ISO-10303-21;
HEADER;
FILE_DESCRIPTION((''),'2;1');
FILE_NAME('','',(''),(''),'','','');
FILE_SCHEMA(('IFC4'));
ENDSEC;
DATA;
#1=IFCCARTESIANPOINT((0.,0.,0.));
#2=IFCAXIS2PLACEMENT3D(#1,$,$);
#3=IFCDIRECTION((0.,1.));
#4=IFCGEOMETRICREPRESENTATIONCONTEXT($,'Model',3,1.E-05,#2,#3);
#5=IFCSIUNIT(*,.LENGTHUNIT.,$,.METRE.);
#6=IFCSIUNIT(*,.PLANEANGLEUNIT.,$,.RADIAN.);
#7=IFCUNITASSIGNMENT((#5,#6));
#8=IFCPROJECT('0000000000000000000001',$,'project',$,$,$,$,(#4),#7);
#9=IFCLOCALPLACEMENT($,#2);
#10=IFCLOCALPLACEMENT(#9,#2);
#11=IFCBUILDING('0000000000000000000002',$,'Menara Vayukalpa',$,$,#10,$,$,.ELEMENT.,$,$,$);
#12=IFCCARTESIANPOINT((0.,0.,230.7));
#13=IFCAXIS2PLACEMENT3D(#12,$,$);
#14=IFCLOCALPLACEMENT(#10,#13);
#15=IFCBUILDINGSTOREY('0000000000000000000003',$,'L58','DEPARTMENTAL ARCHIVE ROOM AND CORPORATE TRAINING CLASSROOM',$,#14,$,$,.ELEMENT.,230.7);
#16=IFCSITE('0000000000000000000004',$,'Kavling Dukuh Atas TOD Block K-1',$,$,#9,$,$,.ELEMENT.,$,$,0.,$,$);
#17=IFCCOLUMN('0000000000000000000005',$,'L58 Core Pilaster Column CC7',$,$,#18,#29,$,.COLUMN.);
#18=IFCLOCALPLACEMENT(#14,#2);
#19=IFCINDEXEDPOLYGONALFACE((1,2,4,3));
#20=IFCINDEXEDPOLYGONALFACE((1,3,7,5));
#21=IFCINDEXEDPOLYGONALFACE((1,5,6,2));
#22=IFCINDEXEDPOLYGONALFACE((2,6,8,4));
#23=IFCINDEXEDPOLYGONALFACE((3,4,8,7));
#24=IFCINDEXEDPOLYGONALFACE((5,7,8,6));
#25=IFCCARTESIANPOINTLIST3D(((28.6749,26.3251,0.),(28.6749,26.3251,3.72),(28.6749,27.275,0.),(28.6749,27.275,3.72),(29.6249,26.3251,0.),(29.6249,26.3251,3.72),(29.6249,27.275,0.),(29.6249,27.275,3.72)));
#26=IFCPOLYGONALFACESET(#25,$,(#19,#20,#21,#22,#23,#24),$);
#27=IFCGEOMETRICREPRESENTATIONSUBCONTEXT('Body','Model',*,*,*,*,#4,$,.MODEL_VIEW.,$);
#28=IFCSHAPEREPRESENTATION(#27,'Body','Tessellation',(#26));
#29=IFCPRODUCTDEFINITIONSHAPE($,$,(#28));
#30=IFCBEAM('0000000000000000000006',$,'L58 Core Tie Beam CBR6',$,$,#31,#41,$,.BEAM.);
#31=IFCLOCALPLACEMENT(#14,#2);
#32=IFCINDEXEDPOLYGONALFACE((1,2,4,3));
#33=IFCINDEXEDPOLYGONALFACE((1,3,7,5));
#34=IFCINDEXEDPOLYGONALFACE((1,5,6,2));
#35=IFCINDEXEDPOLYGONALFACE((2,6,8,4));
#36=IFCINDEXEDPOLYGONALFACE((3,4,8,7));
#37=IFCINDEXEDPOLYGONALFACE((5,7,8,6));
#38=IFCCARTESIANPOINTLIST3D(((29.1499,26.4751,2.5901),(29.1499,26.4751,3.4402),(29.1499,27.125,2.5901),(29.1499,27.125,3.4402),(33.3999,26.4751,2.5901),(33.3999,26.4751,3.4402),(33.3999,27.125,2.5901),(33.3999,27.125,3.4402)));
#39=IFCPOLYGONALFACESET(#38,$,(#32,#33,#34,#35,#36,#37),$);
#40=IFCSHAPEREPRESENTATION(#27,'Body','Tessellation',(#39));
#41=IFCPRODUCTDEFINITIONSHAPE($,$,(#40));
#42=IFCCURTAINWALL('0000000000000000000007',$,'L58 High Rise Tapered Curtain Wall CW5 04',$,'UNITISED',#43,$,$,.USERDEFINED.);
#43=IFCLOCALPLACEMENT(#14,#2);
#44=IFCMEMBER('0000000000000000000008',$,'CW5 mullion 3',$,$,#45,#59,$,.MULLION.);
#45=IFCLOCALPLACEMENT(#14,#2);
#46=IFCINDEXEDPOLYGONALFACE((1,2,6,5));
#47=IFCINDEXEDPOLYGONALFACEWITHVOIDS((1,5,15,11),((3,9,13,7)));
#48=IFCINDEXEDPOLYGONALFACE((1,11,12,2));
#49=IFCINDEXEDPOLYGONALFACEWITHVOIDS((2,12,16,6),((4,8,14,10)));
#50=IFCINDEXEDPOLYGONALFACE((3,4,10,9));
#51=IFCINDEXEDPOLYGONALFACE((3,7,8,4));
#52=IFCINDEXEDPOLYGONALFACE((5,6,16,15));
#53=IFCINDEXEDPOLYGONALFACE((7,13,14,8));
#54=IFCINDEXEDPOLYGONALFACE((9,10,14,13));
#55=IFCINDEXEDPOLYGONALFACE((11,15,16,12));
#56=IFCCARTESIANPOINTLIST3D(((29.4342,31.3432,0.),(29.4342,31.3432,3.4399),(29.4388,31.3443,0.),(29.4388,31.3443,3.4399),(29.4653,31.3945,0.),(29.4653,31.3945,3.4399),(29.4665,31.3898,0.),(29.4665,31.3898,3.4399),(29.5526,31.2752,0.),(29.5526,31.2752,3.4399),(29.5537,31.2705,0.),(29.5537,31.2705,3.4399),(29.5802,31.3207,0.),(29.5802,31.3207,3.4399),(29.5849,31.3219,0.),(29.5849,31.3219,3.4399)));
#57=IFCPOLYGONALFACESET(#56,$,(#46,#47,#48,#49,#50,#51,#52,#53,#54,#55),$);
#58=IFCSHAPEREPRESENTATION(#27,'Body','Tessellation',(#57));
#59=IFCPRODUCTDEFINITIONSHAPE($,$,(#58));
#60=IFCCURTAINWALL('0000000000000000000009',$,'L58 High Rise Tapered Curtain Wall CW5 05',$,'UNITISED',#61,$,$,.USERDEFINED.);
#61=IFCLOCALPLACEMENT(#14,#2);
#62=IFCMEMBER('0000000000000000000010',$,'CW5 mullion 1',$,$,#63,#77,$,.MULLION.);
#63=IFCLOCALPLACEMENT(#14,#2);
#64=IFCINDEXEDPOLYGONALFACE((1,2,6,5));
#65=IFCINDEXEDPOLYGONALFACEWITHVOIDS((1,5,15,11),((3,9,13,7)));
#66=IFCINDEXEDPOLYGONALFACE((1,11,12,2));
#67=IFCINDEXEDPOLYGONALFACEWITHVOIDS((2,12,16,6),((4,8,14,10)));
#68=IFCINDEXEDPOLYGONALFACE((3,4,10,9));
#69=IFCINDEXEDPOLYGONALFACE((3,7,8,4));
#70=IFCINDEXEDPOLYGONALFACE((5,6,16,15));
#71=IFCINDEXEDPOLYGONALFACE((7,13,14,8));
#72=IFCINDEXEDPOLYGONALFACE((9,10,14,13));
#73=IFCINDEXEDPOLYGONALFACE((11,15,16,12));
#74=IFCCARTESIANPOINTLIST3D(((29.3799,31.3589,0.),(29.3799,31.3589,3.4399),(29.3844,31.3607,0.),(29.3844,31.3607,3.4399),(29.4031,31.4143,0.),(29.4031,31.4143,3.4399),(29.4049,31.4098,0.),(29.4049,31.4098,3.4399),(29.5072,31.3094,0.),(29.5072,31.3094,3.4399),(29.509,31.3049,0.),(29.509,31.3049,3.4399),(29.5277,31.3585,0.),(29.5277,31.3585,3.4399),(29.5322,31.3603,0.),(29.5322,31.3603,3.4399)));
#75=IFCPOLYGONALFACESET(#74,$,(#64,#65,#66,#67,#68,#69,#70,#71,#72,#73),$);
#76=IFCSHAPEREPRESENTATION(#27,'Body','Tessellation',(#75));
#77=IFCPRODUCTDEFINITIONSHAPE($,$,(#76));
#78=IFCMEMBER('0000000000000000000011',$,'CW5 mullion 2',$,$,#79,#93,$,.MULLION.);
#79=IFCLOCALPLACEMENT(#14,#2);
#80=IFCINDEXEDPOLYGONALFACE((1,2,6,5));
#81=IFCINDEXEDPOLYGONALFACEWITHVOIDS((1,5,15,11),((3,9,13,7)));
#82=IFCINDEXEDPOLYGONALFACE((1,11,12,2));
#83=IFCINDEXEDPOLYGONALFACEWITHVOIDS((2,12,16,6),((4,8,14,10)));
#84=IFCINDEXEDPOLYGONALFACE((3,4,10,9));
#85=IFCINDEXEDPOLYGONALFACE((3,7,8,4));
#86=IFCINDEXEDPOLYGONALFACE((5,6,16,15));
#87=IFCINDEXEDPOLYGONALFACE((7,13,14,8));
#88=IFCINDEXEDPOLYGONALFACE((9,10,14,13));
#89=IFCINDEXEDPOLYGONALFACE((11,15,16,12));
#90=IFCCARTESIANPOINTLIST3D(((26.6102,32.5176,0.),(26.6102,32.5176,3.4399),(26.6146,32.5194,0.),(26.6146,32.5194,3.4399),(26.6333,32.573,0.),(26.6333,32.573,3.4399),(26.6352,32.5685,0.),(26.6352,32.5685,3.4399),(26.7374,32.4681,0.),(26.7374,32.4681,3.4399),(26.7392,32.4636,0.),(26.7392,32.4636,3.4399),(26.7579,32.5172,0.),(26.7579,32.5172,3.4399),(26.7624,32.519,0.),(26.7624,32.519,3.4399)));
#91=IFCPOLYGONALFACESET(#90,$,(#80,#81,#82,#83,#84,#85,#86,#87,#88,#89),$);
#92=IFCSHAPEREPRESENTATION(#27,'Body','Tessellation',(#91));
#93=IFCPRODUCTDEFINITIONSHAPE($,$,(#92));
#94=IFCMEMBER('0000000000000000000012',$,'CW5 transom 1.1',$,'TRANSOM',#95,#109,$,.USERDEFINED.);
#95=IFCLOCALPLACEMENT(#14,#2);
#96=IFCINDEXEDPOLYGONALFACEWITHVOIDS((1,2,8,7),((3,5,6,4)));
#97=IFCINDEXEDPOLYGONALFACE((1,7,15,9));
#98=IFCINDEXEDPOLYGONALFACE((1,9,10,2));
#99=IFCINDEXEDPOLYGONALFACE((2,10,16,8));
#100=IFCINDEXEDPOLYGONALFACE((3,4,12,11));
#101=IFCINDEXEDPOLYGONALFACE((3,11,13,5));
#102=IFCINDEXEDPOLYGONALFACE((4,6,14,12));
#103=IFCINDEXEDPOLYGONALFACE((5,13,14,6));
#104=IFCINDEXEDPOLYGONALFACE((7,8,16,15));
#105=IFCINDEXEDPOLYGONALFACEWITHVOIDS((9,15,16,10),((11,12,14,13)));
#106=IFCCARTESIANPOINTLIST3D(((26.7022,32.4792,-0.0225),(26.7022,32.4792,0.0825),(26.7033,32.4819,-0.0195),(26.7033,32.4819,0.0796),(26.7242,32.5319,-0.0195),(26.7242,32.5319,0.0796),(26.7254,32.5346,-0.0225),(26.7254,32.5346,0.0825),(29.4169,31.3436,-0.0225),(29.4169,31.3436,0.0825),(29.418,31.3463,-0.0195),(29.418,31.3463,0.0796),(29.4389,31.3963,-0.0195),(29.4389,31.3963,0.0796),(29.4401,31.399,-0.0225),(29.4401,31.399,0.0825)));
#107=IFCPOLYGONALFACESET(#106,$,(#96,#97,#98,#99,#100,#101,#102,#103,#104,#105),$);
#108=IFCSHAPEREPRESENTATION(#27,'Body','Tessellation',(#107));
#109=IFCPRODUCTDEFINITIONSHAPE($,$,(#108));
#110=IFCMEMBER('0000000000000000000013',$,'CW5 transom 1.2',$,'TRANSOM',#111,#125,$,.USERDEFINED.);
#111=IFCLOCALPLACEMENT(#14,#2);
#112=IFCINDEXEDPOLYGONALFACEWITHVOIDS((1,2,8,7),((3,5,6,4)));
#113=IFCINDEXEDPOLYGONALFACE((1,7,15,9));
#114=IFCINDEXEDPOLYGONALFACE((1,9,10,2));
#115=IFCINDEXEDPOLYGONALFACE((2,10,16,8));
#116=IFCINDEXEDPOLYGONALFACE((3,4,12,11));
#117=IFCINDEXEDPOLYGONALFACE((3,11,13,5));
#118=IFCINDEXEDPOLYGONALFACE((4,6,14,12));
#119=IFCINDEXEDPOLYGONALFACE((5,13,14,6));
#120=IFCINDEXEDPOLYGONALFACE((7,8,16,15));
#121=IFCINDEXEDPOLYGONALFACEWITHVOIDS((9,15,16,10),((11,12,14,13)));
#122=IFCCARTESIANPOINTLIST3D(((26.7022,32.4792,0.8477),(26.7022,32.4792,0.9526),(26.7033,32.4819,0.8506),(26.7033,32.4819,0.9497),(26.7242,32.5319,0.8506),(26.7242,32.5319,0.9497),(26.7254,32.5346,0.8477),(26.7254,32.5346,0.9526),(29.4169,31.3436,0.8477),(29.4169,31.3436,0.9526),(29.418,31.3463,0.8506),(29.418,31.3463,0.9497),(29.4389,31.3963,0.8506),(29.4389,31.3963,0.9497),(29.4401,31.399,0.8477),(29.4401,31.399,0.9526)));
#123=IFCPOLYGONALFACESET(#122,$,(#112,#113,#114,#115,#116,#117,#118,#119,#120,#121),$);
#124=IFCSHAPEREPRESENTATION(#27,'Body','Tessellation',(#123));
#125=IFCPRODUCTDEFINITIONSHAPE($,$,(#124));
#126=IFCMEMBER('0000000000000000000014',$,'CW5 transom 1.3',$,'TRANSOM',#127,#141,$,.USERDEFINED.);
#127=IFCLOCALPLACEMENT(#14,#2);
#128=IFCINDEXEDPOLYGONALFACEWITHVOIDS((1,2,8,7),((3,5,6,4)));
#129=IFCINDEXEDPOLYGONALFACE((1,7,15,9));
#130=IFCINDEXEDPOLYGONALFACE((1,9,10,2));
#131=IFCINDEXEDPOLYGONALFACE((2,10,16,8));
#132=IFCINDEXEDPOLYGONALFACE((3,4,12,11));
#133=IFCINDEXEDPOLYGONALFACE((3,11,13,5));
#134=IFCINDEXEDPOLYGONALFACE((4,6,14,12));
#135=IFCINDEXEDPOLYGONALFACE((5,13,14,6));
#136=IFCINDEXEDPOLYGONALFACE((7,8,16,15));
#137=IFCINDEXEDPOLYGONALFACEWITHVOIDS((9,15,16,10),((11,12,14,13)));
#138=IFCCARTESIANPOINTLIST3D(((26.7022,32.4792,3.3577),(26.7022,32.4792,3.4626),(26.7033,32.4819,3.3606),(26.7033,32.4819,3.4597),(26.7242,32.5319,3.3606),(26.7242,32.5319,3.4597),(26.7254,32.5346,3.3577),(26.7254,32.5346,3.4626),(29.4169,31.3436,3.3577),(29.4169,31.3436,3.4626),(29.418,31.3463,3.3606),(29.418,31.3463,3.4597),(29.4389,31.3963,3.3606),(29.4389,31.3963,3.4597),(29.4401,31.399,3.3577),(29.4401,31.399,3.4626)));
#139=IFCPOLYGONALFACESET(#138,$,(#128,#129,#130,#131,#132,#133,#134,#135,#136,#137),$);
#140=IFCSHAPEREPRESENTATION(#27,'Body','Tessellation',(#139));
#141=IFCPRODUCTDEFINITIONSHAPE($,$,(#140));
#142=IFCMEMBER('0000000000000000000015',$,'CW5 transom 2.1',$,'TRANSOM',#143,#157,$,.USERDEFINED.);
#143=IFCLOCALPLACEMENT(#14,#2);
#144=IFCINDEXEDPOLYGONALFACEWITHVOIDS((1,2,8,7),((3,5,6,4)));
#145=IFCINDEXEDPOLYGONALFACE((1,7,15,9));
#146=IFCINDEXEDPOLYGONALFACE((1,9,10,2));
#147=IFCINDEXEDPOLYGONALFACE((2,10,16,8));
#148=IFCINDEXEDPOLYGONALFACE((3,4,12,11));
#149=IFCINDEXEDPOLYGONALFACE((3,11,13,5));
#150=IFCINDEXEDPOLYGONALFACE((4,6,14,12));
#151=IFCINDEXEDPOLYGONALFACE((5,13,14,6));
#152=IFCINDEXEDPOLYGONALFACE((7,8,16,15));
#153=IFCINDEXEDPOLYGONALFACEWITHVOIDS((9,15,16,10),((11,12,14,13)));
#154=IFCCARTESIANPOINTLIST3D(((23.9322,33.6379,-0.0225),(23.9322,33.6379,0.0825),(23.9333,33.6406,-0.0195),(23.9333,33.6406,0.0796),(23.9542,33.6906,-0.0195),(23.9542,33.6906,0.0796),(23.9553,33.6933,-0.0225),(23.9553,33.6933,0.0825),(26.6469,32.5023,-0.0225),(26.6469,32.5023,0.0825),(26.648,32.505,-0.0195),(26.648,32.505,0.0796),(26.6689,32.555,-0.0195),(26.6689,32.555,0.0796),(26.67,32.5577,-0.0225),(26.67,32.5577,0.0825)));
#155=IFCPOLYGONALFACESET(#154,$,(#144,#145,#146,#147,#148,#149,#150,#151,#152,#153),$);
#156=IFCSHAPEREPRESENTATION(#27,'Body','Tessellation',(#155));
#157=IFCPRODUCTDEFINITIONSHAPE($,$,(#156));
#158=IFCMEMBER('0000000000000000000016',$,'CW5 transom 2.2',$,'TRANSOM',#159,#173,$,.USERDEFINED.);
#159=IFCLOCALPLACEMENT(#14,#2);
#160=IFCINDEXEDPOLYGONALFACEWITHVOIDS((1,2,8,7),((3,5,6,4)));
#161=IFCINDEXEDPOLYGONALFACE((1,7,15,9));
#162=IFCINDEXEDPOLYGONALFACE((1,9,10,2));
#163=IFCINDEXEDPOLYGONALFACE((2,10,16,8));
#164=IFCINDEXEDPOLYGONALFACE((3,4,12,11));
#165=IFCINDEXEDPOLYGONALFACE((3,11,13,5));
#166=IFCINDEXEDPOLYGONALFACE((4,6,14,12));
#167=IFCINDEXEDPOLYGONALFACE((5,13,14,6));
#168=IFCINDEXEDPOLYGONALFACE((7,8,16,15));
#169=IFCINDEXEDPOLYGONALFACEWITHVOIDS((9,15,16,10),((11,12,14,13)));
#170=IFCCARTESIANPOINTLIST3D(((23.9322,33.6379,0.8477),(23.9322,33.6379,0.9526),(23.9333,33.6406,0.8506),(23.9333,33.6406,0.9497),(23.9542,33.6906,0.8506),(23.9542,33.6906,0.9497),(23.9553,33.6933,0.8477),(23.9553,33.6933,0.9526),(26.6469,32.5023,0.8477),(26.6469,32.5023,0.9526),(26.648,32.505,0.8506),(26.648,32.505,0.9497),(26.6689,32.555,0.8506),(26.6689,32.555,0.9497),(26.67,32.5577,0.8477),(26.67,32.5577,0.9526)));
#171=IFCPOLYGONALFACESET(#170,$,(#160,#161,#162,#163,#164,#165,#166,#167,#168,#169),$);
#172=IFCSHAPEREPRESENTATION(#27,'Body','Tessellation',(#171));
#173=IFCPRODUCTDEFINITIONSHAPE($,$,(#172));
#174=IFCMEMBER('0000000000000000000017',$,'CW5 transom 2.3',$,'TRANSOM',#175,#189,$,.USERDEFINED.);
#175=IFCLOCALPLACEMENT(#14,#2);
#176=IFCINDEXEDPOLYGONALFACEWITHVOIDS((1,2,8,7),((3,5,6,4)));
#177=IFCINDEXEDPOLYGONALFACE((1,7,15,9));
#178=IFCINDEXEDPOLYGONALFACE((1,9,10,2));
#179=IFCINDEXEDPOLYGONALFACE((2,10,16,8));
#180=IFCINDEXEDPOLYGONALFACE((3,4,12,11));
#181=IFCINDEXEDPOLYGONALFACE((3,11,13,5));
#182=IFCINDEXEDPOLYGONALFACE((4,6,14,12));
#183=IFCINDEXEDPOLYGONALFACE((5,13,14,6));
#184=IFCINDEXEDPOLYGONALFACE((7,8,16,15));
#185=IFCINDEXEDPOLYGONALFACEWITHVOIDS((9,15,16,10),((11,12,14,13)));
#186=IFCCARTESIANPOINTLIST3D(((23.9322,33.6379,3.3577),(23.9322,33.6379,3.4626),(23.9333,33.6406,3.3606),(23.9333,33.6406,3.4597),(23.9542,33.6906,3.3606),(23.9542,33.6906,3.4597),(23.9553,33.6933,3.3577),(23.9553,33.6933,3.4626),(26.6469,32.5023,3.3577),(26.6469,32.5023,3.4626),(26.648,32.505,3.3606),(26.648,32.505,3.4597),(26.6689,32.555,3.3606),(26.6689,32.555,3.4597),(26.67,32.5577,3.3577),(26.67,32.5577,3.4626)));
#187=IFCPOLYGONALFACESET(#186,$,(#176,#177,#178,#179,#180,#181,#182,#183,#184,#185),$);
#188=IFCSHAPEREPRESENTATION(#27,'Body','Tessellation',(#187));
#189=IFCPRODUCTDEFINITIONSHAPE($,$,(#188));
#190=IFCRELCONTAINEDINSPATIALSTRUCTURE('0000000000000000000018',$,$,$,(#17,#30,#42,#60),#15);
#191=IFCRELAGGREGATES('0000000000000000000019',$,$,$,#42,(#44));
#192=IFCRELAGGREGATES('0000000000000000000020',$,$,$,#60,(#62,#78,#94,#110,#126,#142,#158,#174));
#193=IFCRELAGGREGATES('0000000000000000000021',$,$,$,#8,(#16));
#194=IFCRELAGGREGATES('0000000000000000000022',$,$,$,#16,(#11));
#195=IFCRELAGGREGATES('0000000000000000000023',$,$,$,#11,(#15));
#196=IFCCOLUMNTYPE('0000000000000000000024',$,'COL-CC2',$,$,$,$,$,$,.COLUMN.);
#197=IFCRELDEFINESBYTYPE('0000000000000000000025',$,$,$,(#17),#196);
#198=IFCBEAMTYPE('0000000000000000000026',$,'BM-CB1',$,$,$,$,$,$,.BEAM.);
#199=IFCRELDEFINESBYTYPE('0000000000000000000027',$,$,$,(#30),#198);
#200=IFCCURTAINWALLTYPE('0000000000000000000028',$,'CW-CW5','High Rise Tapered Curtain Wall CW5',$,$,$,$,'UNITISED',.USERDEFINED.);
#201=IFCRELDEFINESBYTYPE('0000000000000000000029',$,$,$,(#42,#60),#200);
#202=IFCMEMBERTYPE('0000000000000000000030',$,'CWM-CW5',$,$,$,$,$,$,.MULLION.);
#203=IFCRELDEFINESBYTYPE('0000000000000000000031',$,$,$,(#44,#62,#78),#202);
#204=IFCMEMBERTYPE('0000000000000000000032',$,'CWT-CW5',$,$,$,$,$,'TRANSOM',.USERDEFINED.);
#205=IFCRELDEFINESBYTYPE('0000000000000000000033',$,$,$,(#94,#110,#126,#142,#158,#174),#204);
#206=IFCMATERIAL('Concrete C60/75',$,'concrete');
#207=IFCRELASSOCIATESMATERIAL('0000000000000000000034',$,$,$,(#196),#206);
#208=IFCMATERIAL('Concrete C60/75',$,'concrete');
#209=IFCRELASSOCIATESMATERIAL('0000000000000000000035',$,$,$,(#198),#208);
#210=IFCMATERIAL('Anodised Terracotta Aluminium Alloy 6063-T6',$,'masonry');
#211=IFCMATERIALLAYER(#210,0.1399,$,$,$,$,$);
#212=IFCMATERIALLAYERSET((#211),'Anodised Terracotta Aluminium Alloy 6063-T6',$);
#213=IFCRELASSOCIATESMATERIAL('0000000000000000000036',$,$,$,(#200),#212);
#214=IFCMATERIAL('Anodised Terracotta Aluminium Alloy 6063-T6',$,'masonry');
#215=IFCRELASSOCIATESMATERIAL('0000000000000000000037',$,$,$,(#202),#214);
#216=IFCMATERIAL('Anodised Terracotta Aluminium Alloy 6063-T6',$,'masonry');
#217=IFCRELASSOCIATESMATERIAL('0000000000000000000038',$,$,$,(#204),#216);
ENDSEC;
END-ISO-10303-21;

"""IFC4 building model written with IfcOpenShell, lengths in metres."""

from ifc_helpers import new_model, si_unit, direction, frame, origin, origin_2d, place, context, subcontext, project, spatial, rectangle, hollow_rectangle, extrude, material, layer, layer_set, material_profile, profile_set, type_object, element, aggregate, save


model = new_model("IFC4")

# Units and contexts
model_context = context("Model", 3, precision=1e-05, world=origin(), true_north=direction((0.0, 1.0)))
body_context = subcontext(model_context, "Body", "Model", "MODEL_VIEW")
ifc_project = project(units=[si_unit("LENGTHUNIT", "METRE"), si_unit("PLANEANGLEUNIT", "RADIAN")], contexts=[model_context])

# Site, building, storey
site_placement = place(None, origin())
site = spatial("IfcSite", under=ifc_project, at=site_placement, Name="Kavling Dukuh Atas TOD Block K-1", CompositionType="ELEMENT", RefElevation=0.0)
building_placement = place(site_placement, origin())
building = spatial("IfcBuilding", under=site, at=building_placement, Name="Menara Vayukalpa", CompositionType="ELEMENT")
storey_placement = place(building_placement, frame((0.0, 0.0, 230.7)))
storey = spatial("IfcBuildingStorey", under=building, at=storey_placement, Name="L58", Description="DEPARTMENTAL ARCHIVE ROOM AND CORPORATE TRAINING CLASSROOM", CompositionType="ELEMENT", Elevation=230.7)

# Column
ifc_material_1 = material(Name="Concrete C60/75", Category="concrete")
ifc_material_profile_1 = material_profile(ifc_material_1, rectangle(XDim=0.95, YDim=0.95, at=origin_2d()), Name="RC 950x950")
ifc_profile_set_1 = profile_set([ifc_material_profile_1], Name="Concrete C60/75")
column_type = type_object("IfcColumnType", Name="COL-CC2", PredefinedType="COLUMN", material=ifc_profile_set_1)
column_placement = place(storey_placement, frame((29.1499, 26.8, 0.0), z_axis=(0.0, 0.0, 1.0), x_axis=(1.0, 0.0, 0.0)))
element("IfcColumn", 1, at=column_placement, inside=storey, type_object=column_type, Name="L58 Core Pilaster Column CC7", PredefinedType="COLUMN", context=body_context, shape_type="SweptSolid", body=[
    extrude(rectangle(XDim=0.95, YDim=0.95, at=origin_2d()), origin(), (0.0, 0.0, 1.0), 3.72),
])

# Beam
ifc_material_2 = material(Name="Concrete C60/75", Category="concrete")
ifc_material_profile_2 = material_profile(ifc_material_2, rectangle(XDim=0.6499, YDim=0.8501, at=origin_2d()), Name="RC 650x850")
ifc_profile_set_2 = profile_set([ifc_material_profile_2], Name="Concrete C60/75")
beam_type = type_object("IfcBeamType", Name="BM-CB1", PredefinedType="BEAM", material=ifc_profile_set_2)
beam_placement = place(storey_placement, frame((29.1499, 26.8, 3.0151), z_axis=(1.0, 0.0, 0.0), x_axis=(0.0, 1.0, 0.0)))
element("IfcBeam", 2, at=beam_placement, inside=storey, type_object=beam_type, Name="L58 Core Tie Beam CBR6", PredefinedType="BEAM", context=body_context, shape_type="SweptSolid", body=[
    extrude(rectangle(XDim=0.6499, YDim=0.8501, at=origin_2d()), origin(), (0.0, 0.0, 1.0), 4.25),
])

# Curtain wall, member
ifc_material_3 = material(Name="Anodised Terracotta Aluminium Alloy 6063-T6", Category="masonry")
ifc_layer_1 = layer(ifc_material_3, 0.1399)
ifc_layer_set_1 = layer_set([ifc_layer_1], Name="Anodised Terracotta Aluminium Alloy 6063-T6")
curtain_wall_type = type_object("IfcCurtainWallType", Name="CW-CW5", Description="High Rise Tapered Curtain Wall CW5", ElementType="UNITISED", PredefinedType="USERDEFINED", material=ifc_layer_set_1)
curtain_wall_1_placement = place(storey_placement, origin())
curtain_wall_1 = element("IfcCurtainWall", 3, at=curtain_wall_1_placement, inside=storey, type_object=curtain_wall_type, Name="L58 High Rise Tapered Curtain Wall CW5 04", ObjectType="UNITISED", PredefinedType="USERDEFINED")
ifc_material_4 = material(Name="Anodised Terracotta Aluminium Alloy 6063-T6", Category="masonry")
ifc_material_profile_3 = material_profile(ifc_material_4, hollow_rectangle(XDim=0.0601, YDim=0.1399, WallThickness=0.0034, at=origin_2d()), Name="ALU 60x140x3.5")
ifc_profile_set_3 = profile_set([ifc_material_profile_3], Name="Anodised Terracotta Aluminium Alloy 6063-T6")
member_type_1 = type_object("IfcMemberType", Name="CWM-CW5", PredefinedType="MULLION", material=ifc_profile_set_3)
member_1_placement = place(storey_placement, frame((29.5095, 31.3325, 0.0), z_axis=(0.0, 0.0, 1.0), x_axis=(-0.51918, -0.854665, 0.0)))
member_1 = element("IfcMember", 4, at=member_1_placement, type_object=member_type_1, Name="CW5 mullion 3", PredefinedType="MULLION", context=body_context, shape_type="SweptSolid", body=[
    extrude(hollow_rectangle(XDim=0.0601, YDim=0.1399, WallThickness=0.0034, at=origin_2d()), origin(), (0.0, 0.0, 1.0), 3.4399),
])
aggregate(curtain_wall_1, [member_1])

# Curtain wall, members
curtain_wall_2_placement = place(storey_placement, origin())
curtain_wall_2 = element("IfcCurtainWall", 5, at=curtain_wall_2_placement, inside=storey, type_object=curtain_wall_type, Name="L58 High Rise Tapered Curtain Wall CW5 05", ObjectType="UNITISED", PredefinedType="USERDEFINED")
member_2_placement = place(storey_placement, frame((29.4561, 31.3596, 0.0), z_axis=(0.0, 0.0, 1.0), x_axis=(-0.385903, -0.922539, 0.0)))
member_2 = element("IfcMember", 6, at=member_2_placement, type_object=member_type_1, Name="CW5 mullion 1", PredefinedType="MULLION", context=body_context, shape_type="SweptSolid", body=[
    extrude(hollow_rectangle(XDim=0.0601, YDim=0.1399, WallThickness=0.0034, at=origin_2d()), origin(), (0.0, 0.0, 1.0), 3.4399),
])
member_3_placement = place(storey_placement, frame((26.6863, 32.5183, 0.0), z_axis=(0.0, 0.0, 1.0), x_axis=(-0.385903, -0.922539, 0.0)))
member_3 = element("IfcMember", 7, at=member_3_placement, type_object=member_type_1, Name="CW5 mullion 2", PredefinedType="MULLION", context=body_context, shape_type="SweptSolid", body=[
    extrude(hollow_rectangle(XDim=0.0601, YDim=0.1399, WallThickness=0.0034, at=origin_2d()), origin(), (0.0, 0.0, 1.0), 3.4399),
])
ifc_material_5 = material(Name="Anodised Terracotta Aluminium Alloy 6063-T6", Category="masonry")
ifc_material_profile_4 = material_profile(ifc_material_5, hollow_rectangle(XDim=0.0601, YDim=0.105, WallThickness=0.0029, at=origin_2d()), Name="ALU 60x105x3")
ifc_profile_set_4 = profile_set([ifc_material_profile_4], Name="Anodised Terracotta Aluminium Alloy 6063-T6")
member_type_2 = type_object("IfcMemberType", Name="CWT-CW5", ElementType="TRANSOM", PredefinedType="USERDEFINED", material=ifc_profile_set_4)
member_4_placement = place(storey_placement, frame((29.4285, 31.3713, 0.03), z_axis=(-0.922543, 0.385893, 0.0), x_axis=(-0.385893, -0.922543, 0.0)))
member_4 = element("IfcMember", 8, at=member_4_placement, type_object=member_type_2, Name="CW5 transom 1.1", ObjectType="TRANSOM", PredefinedType="USERDEFINED", context=body_context, shape_type="SweptSolid", body=[
    extrude(hollow_rectangle(XDim=0.0601, YDim=0.105, WallThickness=0.0029, at=origin_2d()), origin(), (0.0, 0.0, 1.0), 2.9426),
])
member_5_placement = place(storey_placement, frame((29.4285, 31.3713, 0.9001), z_axis=(-0.922543, 0.385893, 0.0), x_axis=(-0.385893, -0.922543, 0.0)))
member_5 = element("IfcMember", 9, at=member_5_placement, type_object=member_type_2, Name="CW5 transom 1.2", ObjectType="TRANSOM", PredefinedType="USERDEFINED", context=body_context, shape_type="SweptSolid", body=[
    extrude(hollow_rectangle(XDim=0.0601, YDim=0.105, WallThickness=0.0029, at=origin_2d()), origin(), (0.0, 0.0, 1.0), 2.9426),
])
member_6_placement = place(storey_placement, frame((29.4285, 31.3713, 3.4102), z_axis=(-0.922543, 0.385893, 0.0), x_axis=(-0.385893, -0.922543, 0.0)))
member_6 = element("IfcMember", 10, at=member_6_placement, type_object=member_type_2, Name="CW5 transom 1.3", ObjectType="TRANSOM", PredefinedType="USERDEFINED", context=body_context, shape_type="SweptSolid", body=[
    extrude(hollow_rectangle(XDim=0.0601, YDim=0.105, WallThickness=0.0029, at=origin_2d()), origin(), (0.0, 0.0, 1.0), 2.9426),
])
member_7_placement = place(storey_placement, frame((26.6584, 32.53, 0.03), z_axis=(-0.922543, 0.385893, 0.0), x_axis=(-0.385893, -0.922543, 0.0)))
member_7 = element("IfcMember", 11, at=member_7_placement, type_object=member_type_2, Name="CW5 transom 2.1", ObjectType="TRANSOM", PredefinedType="USERDEFINED", context=body_context, shape_type="SweptSolid", body=[
    extrude(hollow_rectangle(XDim=0.0601, YDim=0.105, WallThickness=0.0029, at=origin_2d()), origin(), (0.0, 0.0, 1.0), 2.9426),
])
member_8_placement = place(storey_placement, frame((26.6584, 32.53, 0.9001), z_axis=(-0.922543, 0.385893, 0.0), x_axis=(-0.385893, -0.922543, 0.0)))
member_8 = element("IfcMember", 12, at=member_8_placement, type_object=member_type_2, Name="CW5 transom 2.2", ObjectType="TRANSOM", PredefinedType="USERDEFINED", context=body_context, shape_type="SweptSolid", body=[
    extrude(hollow_rectangle(XDim=0.0601, YDim=0.105, WallThickness=0.0029, at=origin_2d()), origin(), (0.0, 0.0, 1.0), 2.9426),
])
member_9_placement = place(storey_placement, frame((26.6584, 32.53, 3.4102), z_axis=(-0.922543, 0.385893, 0.0), x_axis=(-0.385893, -0.922543, 0.0)))
member_9 = element("IfcMember", 13, at=member_9_placement, type_object=member_type_2, Name="CW5 transom 2.3", ObjectType="TRANSOM", PredefinedType="USERDEFINED", context=body_context, shape_type="SweptSolid", body=[
    extrude(hollow_rectangle(XDim=0.0601, YDim=0.105, WallThickness=0.0029, at=origin_2d()), origin(), (0.0, 0.0, 1.0), 2.9426),
])
aggregate(curtain_wall_2, [member_2, member_3, member_4, member_5, member_6, member_7, member_8, member_9])

save(model, "model.ifc")
